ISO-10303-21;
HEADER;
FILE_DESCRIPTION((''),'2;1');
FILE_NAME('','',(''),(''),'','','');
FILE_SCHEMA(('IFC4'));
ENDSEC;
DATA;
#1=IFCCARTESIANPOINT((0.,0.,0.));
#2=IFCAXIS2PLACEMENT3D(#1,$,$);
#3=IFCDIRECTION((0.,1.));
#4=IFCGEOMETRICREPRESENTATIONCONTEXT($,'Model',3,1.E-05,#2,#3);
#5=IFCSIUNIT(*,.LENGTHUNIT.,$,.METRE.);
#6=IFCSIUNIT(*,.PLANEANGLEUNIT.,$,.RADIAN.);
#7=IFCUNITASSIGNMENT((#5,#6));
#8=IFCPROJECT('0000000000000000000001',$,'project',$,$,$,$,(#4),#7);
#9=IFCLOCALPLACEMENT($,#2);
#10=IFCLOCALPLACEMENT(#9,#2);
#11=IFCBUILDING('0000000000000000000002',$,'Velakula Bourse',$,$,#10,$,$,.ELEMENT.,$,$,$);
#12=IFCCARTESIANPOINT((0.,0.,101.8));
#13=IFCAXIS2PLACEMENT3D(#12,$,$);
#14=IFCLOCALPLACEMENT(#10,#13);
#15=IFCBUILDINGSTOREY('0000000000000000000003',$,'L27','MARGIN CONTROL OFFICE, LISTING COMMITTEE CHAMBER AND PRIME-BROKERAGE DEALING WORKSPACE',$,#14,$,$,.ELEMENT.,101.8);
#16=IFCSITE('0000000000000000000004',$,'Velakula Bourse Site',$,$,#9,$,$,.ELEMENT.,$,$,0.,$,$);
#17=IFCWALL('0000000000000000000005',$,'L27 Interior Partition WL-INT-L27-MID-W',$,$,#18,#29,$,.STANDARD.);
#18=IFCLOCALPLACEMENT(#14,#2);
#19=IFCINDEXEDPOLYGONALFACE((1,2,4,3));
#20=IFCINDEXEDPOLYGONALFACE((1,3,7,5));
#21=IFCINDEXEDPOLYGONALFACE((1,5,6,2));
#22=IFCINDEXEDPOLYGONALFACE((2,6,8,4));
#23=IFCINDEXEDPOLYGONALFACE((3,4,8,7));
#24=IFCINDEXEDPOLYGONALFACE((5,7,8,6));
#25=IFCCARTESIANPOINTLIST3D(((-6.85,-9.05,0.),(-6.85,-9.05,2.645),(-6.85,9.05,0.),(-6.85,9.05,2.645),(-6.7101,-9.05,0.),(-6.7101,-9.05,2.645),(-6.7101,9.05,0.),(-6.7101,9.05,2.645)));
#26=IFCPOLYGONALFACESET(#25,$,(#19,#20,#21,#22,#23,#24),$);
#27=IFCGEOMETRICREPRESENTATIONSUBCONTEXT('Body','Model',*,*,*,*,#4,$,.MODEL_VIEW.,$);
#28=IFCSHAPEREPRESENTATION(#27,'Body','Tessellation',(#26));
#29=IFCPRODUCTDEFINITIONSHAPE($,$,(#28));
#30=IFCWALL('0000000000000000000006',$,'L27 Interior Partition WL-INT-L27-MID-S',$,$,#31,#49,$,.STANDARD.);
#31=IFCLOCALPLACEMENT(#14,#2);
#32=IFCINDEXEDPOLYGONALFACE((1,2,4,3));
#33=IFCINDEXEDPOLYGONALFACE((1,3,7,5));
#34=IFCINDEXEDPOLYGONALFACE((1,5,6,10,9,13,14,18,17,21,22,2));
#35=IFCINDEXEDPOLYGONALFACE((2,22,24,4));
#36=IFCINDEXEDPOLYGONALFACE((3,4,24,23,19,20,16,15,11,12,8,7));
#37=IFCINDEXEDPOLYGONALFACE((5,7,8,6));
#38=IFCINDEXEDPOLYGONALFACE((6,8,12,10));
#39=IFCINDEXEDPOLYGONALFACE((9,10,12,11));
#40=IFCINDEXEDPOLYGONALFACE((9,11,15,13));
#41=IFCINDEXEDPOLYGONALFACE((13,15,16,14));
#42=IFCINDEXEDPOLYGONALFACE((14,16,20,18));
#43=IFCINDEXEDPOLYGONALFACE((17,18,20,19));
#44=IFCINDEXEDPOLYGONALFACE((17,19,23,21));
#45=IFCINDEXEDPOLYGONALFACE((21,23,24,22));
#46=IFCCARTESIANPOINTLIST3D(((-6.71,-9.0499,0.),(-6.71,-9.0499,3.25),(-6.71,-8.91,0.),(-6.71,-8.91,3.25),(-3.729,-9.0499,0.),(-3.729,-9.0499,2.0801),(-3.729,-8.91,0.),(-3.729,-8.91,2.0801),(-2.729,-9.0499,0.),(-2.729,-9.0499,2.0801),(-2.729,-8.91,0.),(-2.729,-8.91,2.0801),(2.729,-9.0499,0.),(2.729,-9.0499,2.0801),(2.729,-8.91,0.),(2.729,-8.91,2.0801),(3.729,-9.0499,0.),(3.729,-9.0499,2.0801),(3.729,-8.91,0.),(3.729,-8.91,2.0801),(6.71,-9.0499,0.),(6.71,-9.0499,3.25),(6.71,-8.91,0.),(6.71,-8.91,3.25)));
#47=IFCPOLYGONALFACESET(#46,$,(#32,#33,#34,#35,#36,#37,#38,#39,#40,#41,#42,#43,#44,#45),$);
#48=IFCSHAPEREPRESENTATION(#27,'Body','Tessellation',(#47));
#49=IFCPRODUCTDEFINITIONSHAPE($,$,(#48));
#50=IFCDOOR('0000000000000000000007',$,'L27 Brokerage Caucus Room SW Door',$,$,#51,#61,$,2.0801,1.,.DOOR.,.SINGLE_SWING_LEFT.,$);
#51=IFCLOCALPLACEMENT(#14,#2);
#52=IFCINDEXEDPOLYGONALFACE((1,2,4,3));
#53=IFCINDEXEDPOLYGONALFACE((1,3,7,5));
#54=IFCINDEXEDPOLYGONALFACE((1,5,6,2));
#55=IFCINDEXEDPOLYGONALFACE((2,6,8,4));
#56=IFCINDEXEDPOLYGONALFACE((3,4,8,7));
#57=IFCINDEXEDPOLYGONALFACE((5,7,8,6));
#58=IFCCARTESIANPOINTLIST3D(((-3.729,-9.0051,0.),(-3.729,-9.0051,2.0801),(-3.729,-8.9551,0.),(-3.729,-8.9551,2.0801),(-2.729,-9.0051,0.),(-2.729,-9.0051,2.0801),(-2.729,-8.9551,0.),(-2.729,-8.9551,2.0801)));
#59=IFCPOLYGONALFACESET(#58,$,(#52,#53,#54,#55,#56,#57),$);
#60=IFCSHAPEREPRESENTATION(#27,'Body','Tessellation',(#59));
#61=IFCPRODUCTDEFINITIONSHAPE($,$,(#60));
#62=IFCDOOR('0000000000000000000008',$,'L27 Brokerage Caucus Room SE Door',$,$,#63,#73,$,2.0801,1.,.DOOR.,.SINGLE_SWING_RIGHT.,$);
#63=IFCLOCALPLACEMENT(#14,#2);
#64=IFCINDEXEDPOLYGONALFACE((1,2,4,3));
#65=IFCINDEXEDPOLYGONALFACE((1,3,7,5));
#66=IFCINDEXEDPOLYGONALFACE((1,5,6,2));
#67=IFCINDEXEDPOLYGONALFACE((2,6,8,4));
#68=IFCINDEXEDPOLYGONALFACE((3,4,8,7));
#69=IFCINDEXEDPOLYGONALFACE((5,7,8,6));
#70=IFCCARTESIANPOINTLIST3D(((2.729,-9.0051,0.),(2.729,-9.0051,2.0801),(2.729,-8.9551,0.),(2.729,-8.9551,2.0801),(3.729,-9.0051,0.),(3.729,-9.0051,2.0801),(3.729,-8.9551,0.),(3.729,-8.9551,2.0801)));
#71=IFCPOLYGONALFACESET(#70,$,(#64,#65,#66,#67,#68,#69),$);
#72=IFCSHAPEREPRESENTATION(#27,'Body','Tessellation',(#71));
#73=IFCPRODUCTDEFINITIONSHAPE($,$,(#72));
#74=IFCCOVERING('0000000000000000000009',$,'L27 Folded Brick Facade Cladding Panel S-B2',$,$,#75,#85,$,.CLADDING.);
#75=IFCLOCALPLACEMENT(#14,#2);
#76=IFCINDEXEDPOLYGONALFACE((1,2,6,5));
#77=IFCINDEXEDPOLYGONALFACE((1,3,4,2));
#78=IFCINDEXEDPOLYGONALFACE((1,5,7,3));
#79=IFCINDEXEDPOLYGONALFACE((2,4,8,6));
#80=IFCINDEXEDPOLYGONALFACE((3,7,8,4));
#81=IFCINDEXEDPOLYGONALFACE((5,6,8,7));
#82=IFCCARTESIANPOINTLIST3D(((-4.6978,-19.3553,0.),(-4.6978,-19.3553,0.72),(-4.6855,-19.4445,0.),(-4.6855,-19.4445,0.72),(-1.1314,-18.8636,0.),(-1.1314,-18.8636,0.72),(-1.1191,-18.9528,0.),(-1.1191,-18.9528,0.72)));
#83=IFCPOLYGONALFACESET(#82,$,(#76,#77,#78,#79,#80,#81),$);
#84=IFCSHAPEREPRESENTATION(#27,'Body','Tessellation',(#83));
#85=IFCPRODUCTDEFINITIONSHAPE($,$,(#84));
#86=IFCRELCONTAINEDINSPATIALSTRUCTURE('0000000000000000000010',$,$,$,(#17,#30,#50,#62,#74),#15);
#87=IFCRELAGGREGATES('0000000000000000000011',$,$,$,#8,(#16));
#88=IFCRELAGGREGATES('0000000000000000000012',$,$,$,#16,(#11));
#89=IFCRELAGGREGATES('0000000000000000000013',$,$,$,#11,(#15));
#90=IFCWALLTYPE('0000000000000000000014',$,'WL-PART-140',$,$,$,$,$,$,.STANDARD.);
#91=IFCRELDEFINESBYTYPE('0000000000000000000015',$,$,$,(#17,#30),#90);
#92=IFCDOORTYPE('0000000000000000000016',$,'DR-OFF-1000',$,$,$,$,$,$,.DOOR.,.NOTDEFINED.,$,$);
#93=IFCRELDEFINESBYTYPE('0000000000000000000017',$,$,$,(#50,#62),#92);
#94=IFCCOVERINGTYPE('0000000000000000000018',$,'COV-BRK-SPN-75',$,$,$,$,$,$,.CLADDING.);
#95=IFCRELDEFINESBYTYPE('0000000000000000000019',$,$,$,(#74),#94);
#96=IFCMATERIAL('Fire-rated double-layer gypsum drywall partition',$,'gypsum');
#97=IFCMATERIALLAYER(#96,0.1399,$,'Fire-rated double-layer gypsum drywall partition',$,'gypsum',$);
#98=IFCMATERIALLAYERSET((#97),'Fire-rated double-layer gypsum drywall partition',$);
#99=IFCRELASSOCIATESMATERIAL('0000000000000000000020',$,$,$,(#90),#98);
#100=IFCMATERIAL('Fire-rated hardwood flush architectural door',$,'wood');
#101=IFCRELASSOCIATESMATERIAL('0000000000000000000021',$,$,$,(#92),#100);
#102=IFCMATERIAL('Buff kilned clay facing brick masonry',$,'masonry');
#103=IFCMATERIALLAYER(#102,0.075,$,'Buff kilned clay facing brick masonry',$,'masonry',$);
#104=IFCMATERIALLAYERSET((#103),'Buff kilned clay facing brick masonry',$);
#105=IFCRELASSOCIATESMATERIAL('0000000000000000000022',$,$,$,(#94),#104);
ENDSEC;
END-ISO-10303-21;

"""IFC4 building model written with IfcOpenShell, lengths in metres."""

from ifc_helpers import new_model, si_unit, direction, frame, frame_2d, origin, origin_2d, place, context, subcontext, project, spatial, rectangle, extrude, material, layer, layer_set, type_object, element, fill, save


model = new_model("IFC4")

# Units and contexts
model_context = context("Model", 3, precision=1e-05, world=origin(), true_north=direction((0.0, 1.0)))
body_context = subcontext(model_context, "Body", "Model", "MODEL_VIEW")
ifc_project = project(units=[si_unit("LENGTHUNIT", "METRE"), si_unit("PLANEANGLEUNIT", "RADIAN")], contexts=[model_context])

# Site, building, storey
site_placement = place(None, origin())
site = spatial("IfcSite", under=ifc_project, at=site_placement, Name="Velakula Bourse Site", CompositionType="ELEMENT", RefElevation=0.0)
building_placement = place(site_placement, origin())
building = spatial("IfcBuilding", under=site, at=building_placement, Name="Velakula Bourse", CompositionType="ELEMENT")
storey_placement = place(building_placement, frame((0.0, 0.0, 101.8)))
storey = spatial("IfcBuildingStorey", under=building, at=storey_placement, Name="L27", Description="MARGIN CONTROL OFFICE, LISTING COMMITTEE CHAMBER AND PRIME-BROKERAGE DEALING WORKSPACE", CompositionType="ELEMENT", Elevation=101.8)

# Wall
ifc_material_1 = material(Name="Fire-rated double-layer gypsum drywall partition", Category="gypsum")
ifc_layer_1 = layer(ifc_material_1, 0.1399, Name="Fire-rated double-layer gypsum drywall partition", Category="gypsum")
ifc_layer_set_1 = layer_set([ifc_layer_1], Name="Fire-rated double-layer gypsum drywall partition")
wall_type_1 = type_object("IfcWallType", Name="WL-PART-140", PredefinedType="STANDARD", material=ifc_layer_set_1)
wall_1_placement = place(storey_placement, frame((-6.78, -9.05, 0.0), z_axis=(0.0, 0.0, 1.0), x_axis=(0.0, 1.0, 0.0)))
element("IfcWall", 1, at=wall_1_placement, inside=storey, type_object=wall_type_1, Name="L27 Interior Partition WL-INT-L27-MID-W", PredefinedType="STANDARD", context=body_context, shape_type="SweptSolid", body=[
    extrude(rectangle(XDim=18.1001, YDim=0.1399, at=frame_2d((9.05, 0.0))), origin(), (0.0, 0.0, 1.0), 2.645),
])

# Wall, openings, doors
wall_2_placement = place(storey_placement, frame((-6.71, -8.98, 0.0), z_axis=(0.0, 0.0, 1.0), x_axis=(1.0, 0.0, 0.0)))
wall_2 = element("IfcWall", 2, at=wall_2_placement, inside=storey, type_object=wall_type_1, Name="L27 Interior Partition WL-INT-L27-MID-S", PredefinedType="STANDARD", context=body_context, shape_type="SweptSolid", body=[
    extrude(rectangle(XDim=13.4199, YDim=0.1399, at=frame_2d((6.71, 0.0))), origin(), (0.0, 0.0, 1.0), 3.25),
])
opening_1_placement = place(wall_2_placement, frame((2.981, 0.0, 0.0)))
opening_1 = element("IfcOpeningElement", 3, at=opening_1_placement, cuts=wall_2, PredefinedType="OPENING", context=body_context, shape_type="SweptSolid", body=[
    extrude(rectangle(XDim=1.0, YDim=2.0801, at=frame_2d((0.5, 1.04))), frame((0.0, 0.0798, 0.0), z_axis=(0.0, -1.0, 0.0), x_axis=(1.0, 0.0, 0.0)), (0.0, 0.0, 1.0), 0.1599),
])
opening_2_placement = place(wall_2_placement, frame((9.439, 0.0, 0.0)))
opening_2 = element("IfcOpeningElement", 4, at=opening_2_placement, cuts=wall_2, PredefinedType="OPENING", context=body_context, shape_type="SweptSolid", body=[
    extrude(rectangle(XDim=1.0, YDim=2.0801, at=frame_2d((0.5, 1.04))), frame((0.0, 0.0798, 0.0), z_axis=(0.0, -1.0, 0.0), x_axis=(1.0, 0.0, 0.0)), (0.0, 0.0, 1.0), 0.1599),
])
ifc_material_2 = material(Name="Fire-rated hardwood flush architectural door", Category="wood")
door_type = type_object("IfcDoorType", Name="DR-OFF-1000", OperationType="NOTDEFINED", PredefinedType="DOOR", material=ifc_material_2)
door_1_placement = place(opening_1_placement, origin())
door_1 = element("IfcDoor", 5, at=door_1_placement, inside=storey, type_object=door_type, Name="L27 Brokerage Caucus Room SW Door", OperationType="SINGLE_SWING_LEFT", OverallHeight=2.0801, OverallWidth=1.0, PredefinedType="DOOR", context=body_context, shape_type="SweptSolid", body=[
    extrude(rectangle(XDim=1.0, YDim=2.0801, at=frame_2d((0.5, 1.04))), frame((0.0, 0.0249, 0.0), z_axis=(0.0, -1.0, 0.0), x_axis=(1.0, 0.0, 0.0)), (0.0, 0.0, 1.0), 0.05),
])
fill(opening_1, door_1)
door_2_placement = place(opening_2_placement, origin())
door_2 = element("IfcDoor", 6, at=door_2_placement, inside=storey, type_object=door_type, Name="L27 Brokerage Caucus Room SE Door", OperationType="SINGLE_SWING_RIGHT", OverallHeight=2.0801, OverallWidth=1.0, PredefinedType="DOOR", context=body_context, shape_type="SweptSolid", body=[
    extrude(rectangle(XDim=1.0, YDim=2.0801, at=frame_2d((0.5, 1.04))), frame((0.0, 0.0249, 0.0), z_axis=(0.0, -1.0, 0.0), x_axis=(1.0, 0.0, 0.0)), (0.0, 0.0, 1.0), 0.05),
])
fill(opening_2, door_2)

# Covering
ifc_material_3 = material(Name="Buff kilned clay facing brick masonry", Category="masonry")
ifc_layer_2 = layer(ifc_material_3, 0.075, Name="Buff kilned clay facing brick masonry", Category="masonry")
ifc_layer_set_2 = layer_set([ifc_layer_2], Name="Buff kilned clay facing brick masonry")
covering_type = type_object("IfcCoveringType", Name="COV-BRK-SPN-75", PredefinedType="CLADDING", material=ifc_layer_set_2)
covering_placement = place(storey_placement, frame((-2.9084, -19.1541, 0.0), z_axis=(0.0, 0.0, 1.0), x_axis=(0.990629, 0.13658, 0.0)))
element("IfcCovering", 7, at=covering_placement, inside=storey, type_object=covering_type, Name="L27 Folded Brick Facade Cladding Panel S-B2", PredefinedType="CLADDING", context=body_context, shape_type="SweptSolid", body=[
    extrude(rectangle(XDim=3.6001, YDim=0.0901, at=origin_2d()), origin(), (0.0, 0.0, 1.0), 0.72),
])

save(model, "model.ifc")
